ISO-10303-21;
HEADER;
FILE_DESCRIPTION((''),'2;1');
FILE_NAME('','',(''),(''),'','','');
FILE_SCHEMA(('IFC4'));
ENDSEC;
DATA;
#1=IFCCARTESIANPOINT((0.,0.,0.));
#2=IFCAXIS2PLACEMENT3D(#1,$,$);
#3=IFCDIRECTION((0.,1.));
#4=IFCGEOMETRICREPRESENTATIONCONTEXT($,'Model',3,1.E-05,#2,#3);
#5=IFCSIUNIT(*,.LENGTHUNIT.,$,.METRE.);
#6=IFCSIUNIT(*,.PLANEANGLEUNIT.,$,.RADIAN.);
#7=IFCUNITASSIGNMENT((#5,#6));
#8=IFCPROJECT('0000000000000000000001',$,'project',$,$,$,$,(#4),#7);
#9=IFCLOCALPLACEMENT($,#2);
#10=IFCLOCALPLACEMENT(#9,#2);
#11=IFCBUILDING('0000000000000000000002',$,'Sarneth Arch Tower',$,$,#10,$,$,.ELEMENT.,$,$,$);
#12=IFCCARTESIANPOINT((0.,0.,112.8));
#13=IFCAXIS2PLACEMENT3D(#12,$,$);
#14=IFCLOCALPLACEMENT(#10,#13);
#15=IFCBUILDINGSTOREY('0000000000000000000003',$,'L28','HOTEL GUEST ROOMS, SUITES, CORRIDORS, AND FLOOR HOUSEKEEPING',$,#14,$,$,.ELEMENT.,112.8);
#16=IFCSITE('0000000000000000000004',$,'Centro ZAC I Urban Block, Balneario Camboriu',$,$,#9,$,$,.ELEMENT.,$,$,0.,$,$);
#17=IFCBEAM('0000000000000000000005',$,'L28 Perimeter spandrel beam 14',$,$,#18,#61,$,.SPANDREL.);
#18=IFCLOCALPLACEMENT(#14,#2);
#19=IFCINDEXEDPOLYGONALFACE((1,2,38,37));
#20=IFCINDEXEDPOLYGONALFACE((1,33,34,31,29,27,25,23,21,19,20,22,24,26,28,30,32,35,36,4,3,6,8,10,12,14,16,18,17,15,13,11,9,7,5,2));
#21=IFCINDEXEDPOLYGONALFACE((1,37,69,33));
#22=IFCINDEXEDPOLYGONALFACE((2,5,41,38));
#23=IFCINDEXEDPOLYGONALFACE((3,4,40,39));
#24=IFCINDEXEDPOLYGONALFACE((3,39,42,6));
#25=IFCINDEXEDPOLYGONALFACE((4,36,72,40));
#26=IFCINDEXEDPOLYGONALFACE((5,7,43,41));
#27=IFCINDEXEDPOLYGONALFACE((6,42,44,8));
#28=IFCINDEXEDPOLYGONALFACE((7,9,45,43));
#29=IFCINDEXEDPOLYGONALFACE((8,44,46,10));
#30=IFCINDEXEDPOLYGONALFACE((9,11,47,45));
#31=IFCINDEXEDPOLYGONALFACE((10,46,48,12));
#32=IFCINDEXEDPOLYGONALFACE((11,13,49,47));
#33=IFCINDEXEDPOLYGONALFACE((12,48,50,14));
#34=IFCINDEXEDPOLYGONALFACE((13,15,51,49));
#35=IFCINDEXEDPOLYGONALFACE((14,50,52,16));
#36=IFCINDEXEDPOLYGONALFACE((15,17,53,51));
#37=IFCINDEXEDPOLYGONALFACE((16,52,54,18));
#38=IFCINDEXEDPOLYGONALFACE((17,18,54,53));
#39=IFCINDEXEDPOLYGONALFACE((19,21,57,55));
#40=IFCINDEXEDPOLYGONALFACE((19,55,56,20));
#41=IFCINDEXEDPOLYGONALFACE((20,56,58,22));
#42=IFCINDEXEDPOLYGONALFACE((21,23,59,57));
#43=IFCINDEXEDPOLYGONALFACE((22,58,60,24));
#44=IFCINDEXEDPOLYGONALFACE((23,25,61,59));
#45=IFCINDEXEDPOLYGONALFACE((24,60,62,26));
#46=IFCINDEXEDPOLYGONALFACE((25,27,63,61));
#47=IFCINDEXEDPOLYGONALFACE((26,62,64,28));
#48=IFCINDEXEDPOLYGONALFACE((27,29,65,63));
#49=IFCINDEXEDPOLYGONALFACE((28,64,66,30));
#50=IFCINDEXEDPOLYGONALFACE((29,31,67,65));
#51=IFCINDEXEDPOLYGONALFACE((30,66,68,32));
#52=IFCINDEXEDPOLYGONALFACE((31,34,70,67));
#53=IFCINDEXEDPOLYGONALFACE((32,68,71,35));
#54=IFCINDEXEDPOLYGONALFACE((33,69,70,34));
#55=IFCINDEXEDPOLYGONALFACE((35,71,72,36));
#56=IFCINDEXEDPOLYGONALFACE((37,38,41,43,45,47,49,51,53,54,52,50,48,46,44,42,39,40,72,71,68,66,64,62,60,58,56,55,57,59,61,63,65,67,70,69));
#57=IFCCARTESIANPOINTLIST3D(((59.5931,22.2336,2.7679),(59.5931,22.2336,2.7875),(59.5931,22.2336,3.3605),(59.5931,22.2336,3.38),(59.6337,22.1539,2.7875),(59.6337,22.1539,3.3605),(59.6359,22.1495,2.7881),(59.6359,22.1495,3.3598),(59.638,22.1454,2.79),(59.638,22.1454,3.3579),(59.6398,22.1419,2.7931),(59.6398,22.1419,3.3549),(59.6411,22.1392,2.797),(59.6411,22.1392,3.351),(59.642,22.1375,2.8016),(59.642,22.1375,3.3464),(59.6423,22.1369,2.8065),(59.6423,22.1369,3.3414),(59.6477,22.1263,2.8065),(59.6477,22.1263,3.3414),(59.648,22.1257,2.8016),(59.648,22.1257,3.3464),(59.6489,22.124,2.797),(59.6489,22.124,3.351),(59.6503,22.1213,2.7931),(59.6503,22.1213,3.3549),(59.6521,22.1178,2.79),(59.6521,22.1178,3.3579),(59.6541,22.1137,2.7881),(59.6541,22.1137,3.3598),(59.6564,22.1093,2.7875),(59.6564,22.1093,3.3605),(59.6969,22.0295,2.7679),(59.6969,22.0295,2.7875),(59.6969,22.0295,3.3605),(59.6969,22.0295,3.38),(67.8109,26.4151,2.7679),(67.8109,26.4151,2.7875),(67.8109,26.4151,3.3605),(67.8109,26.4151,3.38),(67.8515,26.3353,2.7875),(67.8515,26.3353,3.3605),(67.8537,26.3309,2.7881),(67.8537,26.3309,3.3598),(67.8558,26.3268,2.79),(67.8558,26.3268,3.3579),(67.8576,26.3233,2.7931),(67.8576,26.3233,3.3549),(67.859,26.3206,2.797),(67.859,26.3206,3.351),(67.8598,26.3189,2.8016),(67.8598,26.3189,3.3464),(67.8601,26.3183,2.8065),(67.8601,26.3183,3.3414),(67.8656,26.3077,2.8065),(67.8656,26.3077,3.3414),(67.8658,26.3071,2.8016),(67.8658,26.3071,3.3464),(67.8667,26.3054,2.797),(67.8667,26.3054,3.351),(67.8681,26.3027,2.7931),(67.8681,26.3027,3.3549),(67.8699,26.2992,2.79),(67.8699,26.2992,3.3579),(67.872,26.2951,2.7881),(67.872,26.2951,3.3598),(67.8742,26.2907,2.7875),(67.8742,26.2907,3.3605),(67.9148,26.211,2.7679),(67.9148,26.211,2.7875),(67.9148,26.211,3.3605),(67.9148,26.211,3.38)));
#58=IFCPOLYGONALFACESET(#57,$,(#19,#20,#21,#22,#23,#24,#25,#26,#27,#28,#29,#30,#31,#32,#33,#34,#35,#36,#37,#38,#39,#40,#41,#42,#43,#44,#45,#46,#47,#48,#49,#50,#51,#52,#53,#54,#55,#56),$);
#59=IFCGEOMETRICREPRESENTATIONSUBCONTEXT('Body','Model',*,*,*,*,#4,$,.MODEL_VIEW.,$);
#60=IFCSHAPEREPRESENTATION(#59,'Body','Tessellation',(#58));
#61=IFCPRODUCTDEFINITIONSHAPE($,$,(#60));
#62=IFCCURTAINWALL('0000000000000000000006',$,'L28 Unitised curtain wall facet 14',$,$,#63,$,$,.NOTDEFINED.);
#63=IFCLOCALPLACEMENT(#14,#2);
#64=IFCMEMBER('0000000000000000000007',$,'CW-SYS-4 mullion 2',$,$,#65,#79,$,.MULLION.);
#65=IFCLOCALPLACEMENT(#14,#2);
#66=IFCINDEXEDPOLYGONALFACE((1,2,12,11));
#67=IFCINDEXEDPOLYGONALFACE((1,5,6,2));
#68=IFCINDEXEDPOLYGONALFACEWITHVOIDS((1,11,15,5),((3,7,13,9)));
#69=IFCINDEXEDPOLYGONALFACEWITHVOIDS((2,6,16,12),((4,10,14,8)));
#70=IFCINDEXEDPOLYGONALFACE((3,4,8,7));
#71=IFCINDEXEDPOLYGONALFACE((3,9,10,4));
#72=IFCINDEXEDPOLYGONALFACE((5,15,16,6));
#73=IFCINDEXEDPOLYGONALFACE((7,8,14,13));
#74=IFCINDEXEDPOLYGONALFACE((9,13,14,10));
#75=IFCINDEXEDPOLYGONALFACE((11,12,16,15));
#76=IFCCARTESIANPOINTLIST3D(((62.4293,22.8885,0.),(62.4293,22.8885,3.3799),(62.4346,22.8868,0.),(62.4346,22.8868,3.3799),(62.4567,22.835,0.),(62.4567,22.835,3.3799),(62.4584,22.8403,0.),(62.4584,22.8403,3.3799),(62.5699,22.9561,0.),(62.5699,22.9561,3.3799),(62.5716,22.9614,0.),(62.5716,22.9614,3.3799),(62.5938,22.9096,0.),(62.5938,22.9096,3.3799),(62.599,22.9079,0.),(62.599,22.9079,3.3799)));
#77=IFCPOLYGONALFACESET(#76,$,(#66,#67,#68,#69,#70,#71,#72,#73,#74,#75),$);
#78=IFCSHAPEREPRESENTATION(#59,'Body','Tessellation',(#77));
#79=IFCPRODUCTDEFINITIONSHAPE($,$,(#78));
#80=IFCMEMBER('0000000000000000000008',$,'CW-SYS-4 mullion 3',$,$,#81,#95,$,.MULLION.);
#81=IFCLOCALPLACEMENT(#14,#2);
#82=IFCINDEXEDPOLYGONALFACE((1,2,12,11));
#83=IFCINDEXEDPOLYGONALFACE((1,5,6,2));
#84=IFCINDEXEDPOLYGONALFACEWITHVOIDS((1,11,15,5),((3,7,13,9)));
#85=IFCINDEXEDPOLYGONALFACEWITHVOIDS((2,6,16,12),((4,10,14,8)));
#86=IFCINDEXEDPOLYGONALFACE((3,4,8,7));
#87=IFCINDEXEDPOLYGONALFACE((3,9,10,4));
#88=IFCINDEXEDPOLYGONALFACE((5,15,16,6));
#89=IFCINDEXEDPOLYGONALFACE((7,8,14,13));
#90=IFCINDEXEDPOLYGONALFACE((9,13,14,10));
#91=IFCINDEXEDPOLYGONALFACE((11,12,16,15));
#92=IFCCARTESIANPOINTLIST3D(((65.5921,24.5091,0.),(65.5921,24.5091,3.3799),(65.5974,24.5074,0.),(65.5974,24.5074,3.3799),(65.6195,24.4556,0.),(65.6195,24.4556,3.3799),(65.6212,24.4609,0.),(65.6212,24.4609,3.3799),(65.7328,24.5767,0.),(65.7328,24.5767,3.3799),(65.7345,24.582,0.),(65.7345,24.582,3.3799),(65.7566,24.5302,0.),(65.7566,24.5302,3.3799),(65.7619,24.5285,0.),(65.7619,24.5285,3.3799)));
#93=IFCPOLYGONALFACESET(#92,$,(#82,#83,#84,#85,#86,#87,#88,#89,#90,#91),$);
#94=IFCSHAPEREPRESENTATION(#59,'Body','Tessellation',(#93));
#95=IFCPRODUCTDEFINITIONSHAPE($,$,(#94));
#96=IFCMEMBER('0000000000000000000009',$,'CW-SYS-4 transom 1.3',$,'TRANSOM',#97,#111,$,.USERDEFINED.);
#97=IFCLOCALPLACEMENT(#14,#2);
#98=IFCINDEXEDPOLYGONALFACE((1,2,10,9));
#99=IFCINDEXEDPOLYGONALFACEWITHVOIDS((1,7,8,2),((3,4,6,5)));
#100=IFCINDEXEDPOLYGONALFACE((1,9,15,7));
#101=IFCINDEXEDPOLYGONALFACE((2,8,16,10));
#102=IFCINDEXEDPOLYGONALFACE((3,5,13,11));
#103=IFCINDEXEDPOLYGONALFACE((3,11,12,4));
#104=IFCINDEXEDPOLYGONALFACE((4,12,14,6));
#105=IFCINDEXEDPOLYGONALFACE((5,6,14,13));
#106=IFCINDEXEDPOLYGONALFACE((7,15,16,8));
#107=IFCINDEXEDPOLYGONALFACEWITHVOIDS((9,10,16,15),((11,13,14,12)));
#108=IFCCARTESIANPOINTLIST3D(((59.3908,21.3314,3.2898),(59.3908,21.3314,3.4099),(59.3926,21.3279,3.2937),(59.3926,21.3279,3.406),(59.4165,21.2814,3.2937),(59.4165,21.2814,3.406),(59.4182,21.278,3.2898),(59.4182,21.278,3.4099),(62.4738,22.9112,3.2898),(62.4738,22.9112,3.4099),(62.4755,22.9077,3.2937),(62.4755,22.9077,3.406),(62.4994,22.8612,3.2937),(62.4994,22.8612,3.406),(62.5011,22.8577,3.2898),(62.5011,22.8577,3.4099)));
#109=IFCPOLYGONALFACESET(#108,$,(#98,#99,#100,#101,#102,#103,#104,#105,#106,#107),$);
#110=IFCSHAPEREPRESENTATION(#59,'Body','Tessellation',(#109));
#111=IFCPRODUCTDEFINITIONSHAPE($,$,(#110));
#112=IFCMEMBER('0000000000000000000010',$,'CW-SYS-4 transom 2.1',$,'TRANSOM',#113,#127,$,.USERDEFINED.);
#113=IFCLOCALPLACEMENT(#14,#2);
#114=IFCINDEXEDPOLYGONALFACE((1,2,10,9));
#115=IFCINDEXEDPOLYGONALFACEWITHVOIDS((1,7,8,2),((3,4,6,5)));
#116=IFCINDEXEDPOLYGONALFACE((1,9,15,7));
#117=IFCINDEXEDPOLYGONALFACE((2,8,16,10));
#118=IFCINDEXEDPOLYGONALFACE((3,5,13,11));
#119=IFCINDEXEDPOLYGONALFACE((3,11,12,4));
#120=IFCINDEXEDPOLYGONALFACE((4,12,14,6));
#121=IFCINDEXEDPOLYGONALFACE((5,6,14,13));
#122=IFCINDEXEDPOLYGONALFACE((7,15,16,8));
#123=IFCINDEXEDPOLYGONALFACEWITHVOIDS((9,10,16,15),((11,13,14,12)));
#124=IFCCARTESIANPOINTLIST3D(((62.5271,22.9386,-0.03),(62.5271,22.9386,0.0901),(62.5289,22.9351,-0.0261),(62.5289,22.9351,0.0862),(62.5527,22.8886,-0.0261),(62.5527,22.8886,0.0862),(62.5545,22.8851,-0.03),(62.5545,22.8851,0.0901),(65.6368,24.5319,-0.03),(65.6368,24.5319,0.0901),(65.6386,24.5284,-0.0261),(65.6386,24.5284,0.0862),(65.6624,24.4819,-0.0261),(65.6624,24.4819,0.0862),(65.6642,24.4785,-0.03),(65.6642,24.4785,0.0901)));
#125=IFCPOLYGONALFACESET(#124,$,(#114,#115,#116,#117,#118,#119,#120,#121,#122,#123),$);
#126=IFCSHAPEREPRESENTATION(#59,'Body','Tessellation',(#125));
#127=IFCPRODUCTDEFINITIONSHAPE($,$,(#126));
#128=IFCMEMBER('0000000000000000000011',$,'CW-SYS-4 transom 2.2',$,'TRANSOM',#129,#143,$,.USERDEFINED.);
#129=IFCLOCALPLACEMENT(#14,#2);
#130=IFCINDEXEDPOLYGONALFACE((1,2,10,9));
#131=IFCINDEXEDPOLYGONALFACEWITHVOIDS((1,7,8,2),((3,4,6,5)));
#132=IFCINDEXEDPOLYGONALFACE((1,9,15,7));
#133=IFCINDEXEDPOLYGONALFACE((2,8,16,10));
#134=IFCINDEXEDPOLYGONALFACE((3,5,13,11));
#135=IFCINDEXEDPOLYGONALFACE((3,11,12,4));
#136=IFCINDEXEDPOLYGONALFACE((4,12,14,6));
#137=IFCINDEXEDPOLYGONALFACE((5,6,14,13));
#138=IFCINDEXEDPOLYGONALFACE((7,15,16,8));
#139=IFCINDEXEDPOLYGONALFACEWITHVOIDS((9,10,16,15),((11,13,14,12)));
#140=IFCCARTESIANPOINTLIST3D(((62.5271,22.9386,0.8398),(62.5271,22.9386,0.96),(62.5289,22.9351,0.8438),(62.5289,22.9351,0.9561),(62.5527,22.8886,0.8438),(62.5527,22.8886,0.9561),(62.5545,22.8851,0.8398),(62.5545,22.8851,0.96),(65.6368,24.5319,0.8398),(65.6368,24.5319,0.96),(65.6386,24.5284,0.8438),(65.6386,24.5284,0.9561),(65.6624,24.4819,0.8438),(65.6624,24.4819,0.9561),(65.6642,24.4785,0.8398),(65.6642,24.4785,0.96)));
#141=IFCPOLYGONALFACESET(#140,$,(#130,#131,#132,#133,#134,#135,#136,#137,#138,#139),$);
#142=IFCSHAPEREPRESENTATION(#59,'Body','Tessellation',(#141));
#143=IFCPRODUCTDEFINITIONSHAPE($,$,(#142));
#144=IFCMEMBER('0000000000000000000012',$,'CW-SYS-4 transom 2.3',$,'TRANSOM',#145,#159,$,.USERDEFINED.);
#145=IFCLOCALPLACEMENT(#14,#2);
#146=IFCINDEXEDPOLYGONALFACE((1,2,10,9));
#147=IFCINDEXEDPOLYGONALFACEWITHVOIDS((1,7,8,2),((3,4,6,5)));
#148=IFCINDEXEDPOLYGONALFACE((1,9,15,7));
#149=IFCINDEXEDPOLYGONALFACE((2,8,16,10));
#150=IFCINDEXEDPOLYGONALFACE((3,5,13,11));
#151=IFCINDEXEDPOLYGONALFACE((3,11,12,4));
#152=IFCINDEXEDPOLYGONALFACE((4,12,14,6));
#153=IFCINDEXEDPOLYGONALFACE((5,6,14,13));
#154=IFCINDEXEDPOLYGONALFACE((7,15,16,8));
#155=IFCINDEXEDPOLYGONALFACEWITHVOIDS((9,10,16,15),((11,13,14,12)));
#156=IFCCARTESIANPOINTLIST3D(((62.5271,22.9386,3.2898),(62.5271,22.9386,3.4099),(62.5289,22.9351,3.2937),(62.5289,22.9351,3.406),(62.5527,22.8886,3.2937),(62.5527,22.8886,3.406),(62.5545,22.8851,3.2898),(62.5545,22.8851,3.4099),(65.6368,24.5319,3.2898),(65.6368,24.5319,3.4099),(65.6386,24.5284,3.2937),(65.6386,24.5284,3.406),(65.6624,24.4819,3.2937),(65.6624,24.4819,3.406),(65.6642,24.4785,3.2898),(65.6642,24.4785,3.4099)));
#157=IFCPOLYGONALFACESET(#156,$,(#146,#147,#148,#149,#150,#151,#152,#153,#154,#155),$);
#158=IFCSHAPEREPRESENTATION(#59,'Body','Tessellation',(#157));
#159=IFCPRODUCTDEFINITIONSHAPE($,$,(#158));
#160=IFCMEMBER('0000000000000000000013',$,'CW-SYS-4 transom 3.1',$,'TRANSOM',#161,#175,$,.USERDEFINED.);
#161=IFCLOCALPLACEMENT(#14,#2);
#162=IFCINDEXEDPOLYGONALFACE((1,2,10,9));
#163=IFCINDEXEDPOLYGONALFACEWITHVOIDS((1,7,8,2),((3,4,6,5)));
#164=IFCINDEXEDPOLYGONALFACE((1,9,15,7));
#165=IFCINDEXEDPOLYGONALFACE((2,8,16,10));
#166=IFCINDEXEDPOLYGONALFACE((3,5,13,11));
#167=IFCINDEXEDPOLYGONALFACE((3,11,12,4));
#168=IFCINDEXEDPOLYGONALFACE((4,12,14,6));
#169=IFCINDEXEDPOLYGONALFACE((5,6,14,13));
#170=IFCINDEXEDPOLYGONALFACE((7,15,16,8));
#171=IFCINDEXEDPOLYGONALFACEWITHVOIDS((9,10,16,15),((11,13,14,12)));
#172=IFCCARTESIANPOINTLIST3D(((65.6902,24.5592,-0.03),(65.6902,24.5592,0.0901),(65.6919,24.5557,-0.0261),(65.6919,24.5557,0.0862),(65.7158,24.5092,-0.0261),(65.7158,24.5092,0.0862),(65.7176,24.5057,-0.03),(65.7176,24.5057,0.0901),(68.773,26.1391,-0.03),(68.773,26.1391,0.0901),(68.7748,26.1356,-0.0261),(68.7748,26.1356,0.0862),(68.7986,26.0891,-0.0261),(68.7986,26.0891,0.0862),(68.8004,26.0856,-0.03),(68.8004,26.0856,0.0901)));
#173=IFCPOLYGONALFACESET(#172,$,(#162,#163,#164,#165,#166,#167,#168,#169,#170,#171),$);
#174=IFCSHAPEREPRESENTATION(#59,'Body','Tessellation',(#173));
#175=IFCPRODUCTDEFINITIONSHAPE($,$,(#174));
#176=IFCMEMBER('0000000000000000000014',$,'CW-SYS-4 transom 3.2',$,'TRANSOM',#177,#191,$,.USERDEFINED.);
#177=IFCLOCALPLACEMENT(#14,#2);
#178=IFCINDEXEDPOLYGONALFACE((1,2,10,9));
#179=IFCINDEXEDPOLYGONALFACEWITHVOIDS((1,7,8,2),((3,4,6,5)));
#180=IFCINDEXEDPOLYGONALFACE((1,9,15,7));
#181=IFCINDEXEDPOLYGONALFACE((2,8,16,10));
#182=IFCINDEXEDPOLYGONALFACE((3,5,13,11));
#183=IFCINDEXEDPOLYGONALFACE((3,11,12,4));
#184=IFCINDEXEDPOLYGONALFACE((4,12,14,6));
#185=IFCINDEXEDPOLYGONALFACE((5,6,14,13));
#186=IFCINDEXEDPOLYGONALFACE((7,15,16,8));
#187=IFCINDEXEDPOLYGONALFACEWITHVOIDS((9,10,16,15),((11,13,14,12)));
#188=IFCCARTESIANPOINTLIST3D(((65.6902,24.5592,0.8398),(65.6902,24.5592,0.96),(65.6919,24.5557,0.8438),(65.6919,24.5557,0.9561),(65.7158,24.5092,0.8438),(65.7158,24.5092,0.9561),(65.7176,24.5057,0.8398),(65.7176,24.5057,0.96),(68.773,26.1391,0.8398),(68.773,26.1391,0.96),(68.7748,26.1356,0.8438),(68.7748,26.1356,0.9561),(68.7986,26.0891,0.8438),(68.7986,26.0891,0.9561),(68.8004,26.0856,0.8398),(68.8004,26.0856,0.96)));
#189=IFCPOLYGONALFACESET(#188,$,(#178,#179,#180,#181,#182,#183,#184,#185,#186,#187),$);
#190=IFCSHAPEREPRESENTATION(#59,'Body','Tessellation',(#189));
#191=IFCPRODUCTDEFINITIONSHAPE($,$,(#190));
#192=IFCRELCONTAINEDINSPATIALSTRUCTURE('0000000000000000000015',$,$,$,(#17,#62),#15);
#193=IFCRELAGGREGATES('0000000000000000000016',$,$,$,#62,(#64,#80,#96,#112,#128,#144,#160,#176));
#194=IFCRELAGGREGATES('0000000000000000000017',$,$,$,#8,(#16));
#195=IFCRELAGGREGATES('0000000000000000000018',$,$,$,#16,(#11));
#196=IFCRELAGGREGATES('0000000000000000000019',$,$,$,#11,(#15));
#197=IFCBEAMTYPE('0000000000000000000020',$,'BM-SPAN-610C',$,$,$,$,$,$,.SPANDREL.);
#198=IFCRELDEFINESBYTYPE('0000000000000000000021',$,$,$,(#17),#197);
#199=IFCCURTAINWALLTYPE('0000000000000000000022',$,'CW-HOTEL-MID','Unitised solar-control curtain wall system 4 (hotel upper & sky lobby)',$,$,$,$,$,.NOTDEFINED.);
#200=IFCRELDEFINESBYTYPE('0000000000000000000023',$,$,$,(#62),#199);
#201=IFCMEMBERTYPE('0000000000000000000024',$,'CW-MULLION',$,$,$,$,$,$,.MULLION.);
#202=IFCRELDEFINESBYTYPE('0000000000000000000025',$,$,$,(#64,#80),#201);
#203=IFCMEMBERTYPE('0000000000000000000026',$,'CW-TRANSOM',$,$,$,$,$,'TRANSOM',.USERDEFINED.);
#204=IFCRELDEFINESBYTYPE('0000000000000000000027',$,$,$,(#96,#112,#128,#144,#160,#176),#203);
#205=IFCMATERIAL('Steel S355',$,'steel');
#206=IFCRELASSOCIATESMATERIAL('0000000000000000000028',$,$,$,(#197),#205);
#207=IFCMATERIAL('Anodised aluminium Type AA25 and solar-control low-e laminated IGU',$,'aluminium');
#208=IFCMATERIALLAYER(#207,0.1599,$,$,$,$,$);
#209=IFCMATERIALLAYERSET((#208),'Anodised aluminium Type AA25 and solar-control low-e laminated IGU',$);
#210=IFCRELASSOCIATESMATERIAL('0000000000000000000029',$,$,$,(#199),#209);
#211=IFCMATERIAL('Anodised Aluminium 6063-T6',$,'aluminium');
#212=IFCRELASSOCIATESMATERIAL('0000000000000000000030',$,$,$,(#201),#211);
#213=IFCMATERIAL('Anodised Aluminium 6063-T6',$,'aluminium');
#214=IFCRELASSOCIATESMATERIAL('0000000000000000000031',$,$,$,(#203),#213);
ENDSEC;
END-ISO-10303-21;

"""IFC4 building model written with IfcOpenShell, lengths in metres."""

from ifc_helpers import new_model, si_unit, direction, frame, origin, origin_2d, place, context, subcontext, project, spatial, hollow_rectangle, i_section, extrude, material, layer, layer_set, material_profile, profile_set, type_object, element, aggregate, save


model = new_model("IFC4")

# Units and contexts
model_context = context("Model", 3, precision=1e-05, world=origin(), true_north=direction((0.0, 1.0)))
body_context = subcontext(model_context, "Body", "Model", "MODEL_VIEW")
ifc_project = project(units=[si_unit("LENGTHUNIT", "METRE"), si_unit("PLANEANGLEUNIT", "RADIAN")], contexts=[model_context])

# Site, building, storey
site_placement = place(None, origin())
site = spatial("IfcSite", under=ifc_project, at=site_placement, Name="Centro ZAC I Urban Block, Balneario Camboriu", CompositionType="ELEMENT", RefElevation=0.0)
building_placement = place(site_placement, origin())
building = spatial("IfcBuilding", under=site, at=building_placement, Name="Sarneth Arch Tower", CompositionType="ELEMENT")
storey_placement = place(building_placement, frame((0.0, 0.0, 112.8)))
storey = spatial("IfcBuildingStorey", under=building, at=storey_placement, Name="L28", Description="HOTEL GUEST ROOMS, SUITES, CORRIDORS, AND FLOOR HOUSEKEEPING", CompositionType="ELEMENT", Elevation=112.8)

# Beam
ifc_material_1 = material(Name="Steel S355", Category="steel")
ifc_material_profile_1 = material_profile(ifc_material_1, i_section(OverallWidth=0.229, OverallDepth=0.6121, WebThickness=0.012, FlangeThickness=0.0195, FilletRadius=0.019, at=origin_2d()), Name="W610x125")
ifc_profile_set_1 = profile_set([ifc_material_profile_1], Name="Steel S355")
beam_type = type_object("IfcBeamType", Name="BM-SPAN-610C", PredefinedType="SPANDREL", material=ifc_profile_set_1)
beam_placement = place(storey_placement, frame((59.645, 22.1316, 3.074), z_axis=(0.891259, 0.453494, 0.0), x_axis=(-0.453494, 0.891259, 0.0)))
element("IfcBeam", 1, at=beam_placement, inside=storey, type_object=beam_type, Name="L28 Perimeter spandrel beam 14", PredefinedType="SPANDREL", context=body_context, shape_type="SweptSolid", body=[
    extrude(i_section(OverallWidth=0.229, OverallDepth=0.6121, WebThickness=0.012, FlangeThickness=0.0195, FilletRadius=0.019, at=origin_2d()), origin(), (0.0, 0.0, 1.0), 9.2205),
])

# Curtain wall, members
ifc_material_2 = material(Name="Anodised aluminium Type AA25 and solar-control low-e laminated IGU", Category="aluminium")
ifc_layer_1 = layer(ifc_material_2, 0.1599)
ifc_layer_set_1 = layer_set([ifc_layer_1], Name="Anodised aluminium Type AA25 and solar-control low-e laminated IGU")
curtain_wall_type = type_object("IfcCurtainWallType", Name="CW-HOTEL-MID", Description="Unitised solar-control curtain wall system 4 (hotel upper & sky lobby)", PredefinedType="NOTDEFINED", material=ifc_layer_set_1)
curtain_wall_placement = place(storey_placement, origin())
curtain_wall = element("IfcCurtainWall", 2, at=curtain_wall_placement, inside=storey, type_object=curtain_wall_type, Name="L28 Unitised curtain wall facet 14", PredefinedType="NOTDEFINED")
ifc_material_3 = material(Name="Anodised Aluminium 6063-T6", Category="aluminium")
ifc_material_profile_2 = material_profile(ifc_material_3, hollow_rectangle(XDim=0.0601, YDim=0.1599, WallThickness=0.0039, at=origin_2d()), Name="AL-MULL-160x60x4")
ifc_profile_set_2 = profile_set([ifc_material_profile_2], Name="Anodised Aluminium 6063-T6")
member_type_1 = type_object("IfcMemberType", Name="CW-MULLION", PredefinedType="MULLION", material=ifc_profile_set_2)
member_1_placement = place(storey_placement, frame((62.5142, 22.8982, 0.0), z_axis=(0.0, 0.0, 1.0), x_axis=(-0.456031, 0.889964, 0.0)))
member_1 = element("IfcMember", 3, at=member_1_placement, type_object=member_type_1, Name="CW-SYS-4 mullion 2", PredefinedType="MULLION", context=body_context, shape_type="SweptSolid", body=[
    extrude(hollow_rectangle(XDim=0.0601, YDim=0.1599, WallThickness=0.0039, at=origin_2d()), origin(), (0.0, 0.0, 1.0), 3.3799),
])
member_2_placement = place(storey_placement, frame((65.677, 24.5188, 0.0), z_axis=(0.0, 0.0, 1.0), x_axis=(-0.456031, 0.889964, 0.0)))
member_2 = element("IfcMember", 4, at=member_2_placement, type_object=member_type_1, Name="CW-SYS-4 mullion 3", PredefinedType="MULLION", context=body_context, shape_type="SweptSolid", body=[
    extrude(hollow_rectangle(XDim=0.0601, YDim=0.1599, WallThickness=0.0039, at=origin_2d()), origin(), (0.0, 0.0, 1.0), 3.3799),
])
ifc_material_4 = material(Name="Anodised Aluminium 6063-T6", Category="aluminium")
ifc_material_profile_3 = material_profile(ifc_material_4, hollow_rectangle(XDim=0.0601, YDim=0.1201, WallThickness=0.0039, at=origin_2d()), Name="AL-TRAN-120x60x4")
ifc_profile_set_3 = profile_set([ifc_material_profile_3], Name="Anodised Aluminium 6063-T6")
member_type_2 = type_object("IfcMemberType", Name="CW-TRANSOM", ElementType="TRANSOM", PredefinedType="USERDEFINED", material=ifc_profile_set_3)
member_3_placement = place(storey_placement, frame((59.4045, 21.3047, 3.3499), z_axis=(0.889958, 0.456043, 0.0), x_axis=(-0.456043, 0.889958, 0.0)))
member_3 = element("IfcMember", 5, at=member_3_placement, type_object=member_type_2, Name="CW-SYS-4 transom 1.3", ObjectType="TRANSOM", PredefinedType="USERDEFINED", context=body_context, shape_type="SweptSolid", body=[
    extrude(hollow_rectangle(XDim=0.0601, YDim=0.1201, WallThickness=0.0039, at=origin_2d()), origin(), (0.0, 0.0, 1.0), 3.4641),
])
member_4_placement = place(storey_placement, frame((62.5408, 22.9119, 0.03), z_axis=(0.889982, 0.455996, 0.0), x_axis=(-0.455996, 0.889982, 0.0)))
member_4 = element("IfcMember", 6, at=member_4_placement, type_object=member_type_2, Name="CW-SYS-4 transom 2.1", ObjectType="TRANSOM", PredefinedType="USERDEFINED", context=body_context, shape_type="SweptSolid", body=[
    extrude(hollow_rectangle(XDim=0.0601, YDim=0.1201, WallThickness=0.0039, at=origin_2d()), origin(), (0.0, 0.0, 1.0), 3.4941),
])
member_5_placement = place(storey_placement, frame((62.5408, 22.9119, 0.8999), z_axis=(0.889982, 0.455996, 0.0), x_axis=(-0.455996, 0.889982, 0.0)))
member_5 = element("IfcMember", 7, at=member_5_placement, type_object=member_type_2, Name="CW-SYS-4 transom 2.2", ObjectType="TRANSOM", PredefinedType="USERDEFINED", context=body_context, shape_type="SweptSolid", body=[
    extrude(hollow_rectangle(XDim=0.0601, YDim=0.1201, WallThickness=0.0039, at=origin_2d()), origin(), (0.0, 0.0, 1.0), 3.4941),
])
member_6_placement = place(storey_placement, frame((62.5408, 22.9119, 3.3499), z_axis=(0.889982, 0.455996, 0.0), x_axis=(-0.455996, 0.889982, 0.0)))
member_6 = element("IfcMember", 8, at=member_6_placement, type_object=member_type_2, Name="CW-SYS-4 transom 2.3", ObjectType="TRANSOM", PredefinedType="USERDEFINED", context=body_context, shape_type="SweptSolid", body=[
    extrude(hollow_rectangle(XDim=0.0601, YDim=0.1201, WallThickness=0.0039, at=origin_2d()), origin(), (0.0, 0.0, 1.0), 3.4941),
])
member_7_placement = place(storey_placement, frame((65.7039, 24.5325, 0.03), z_axis=(0.889943, 0.456072, 0.0), x_axis=(-0.456072, 0.889943, 0.0)))
member_7 = element("IfcMember", 9, at=member_7_placement, type_object=member_type_2, Name="CW-SYS-4 transom 3.1", ObjectType="TRANSOM", PredefinedType="USERDEFINED", context=body_context, shape_type="SweptSolid", body=[
    extrude(hollow_rectangle(XDim=0.0601, YDim=0.1201, WallThickness=0.0039, at=origin_2d()), origin(), (0.0, 0.0, 1.0), 3.4641),
])
member_8_placement = place(storey_placement, frame((65.7039, 24.5325, 0.8999), z_axis=(0.889943, 0.456072, 0.0), x_axis=(-0.456072, 0.889943, 0.0)))
member_8 = element("IfcMember", 10, at=member_8_placement, type_object=member_type_2, Name="CW-SYS-4 transom 3.2", ObjectType="TRANSOM", PredefinedType="USERDEFINED", context=body_context, shape_type="SweptSolid", body=[
    extrude(hollow_rectangle(XDim=0.0601, YDim=0.1201, WallThickness=0.0039, at=origin_2d()), origin(), (0.0, 0.0, 1.0), 3.4641),
])
aggregate(curtain_wall, [member_1, member_2, member_3, member_4, member_5, member_6, member_7, member_8])

save(model, "model.ifc")
